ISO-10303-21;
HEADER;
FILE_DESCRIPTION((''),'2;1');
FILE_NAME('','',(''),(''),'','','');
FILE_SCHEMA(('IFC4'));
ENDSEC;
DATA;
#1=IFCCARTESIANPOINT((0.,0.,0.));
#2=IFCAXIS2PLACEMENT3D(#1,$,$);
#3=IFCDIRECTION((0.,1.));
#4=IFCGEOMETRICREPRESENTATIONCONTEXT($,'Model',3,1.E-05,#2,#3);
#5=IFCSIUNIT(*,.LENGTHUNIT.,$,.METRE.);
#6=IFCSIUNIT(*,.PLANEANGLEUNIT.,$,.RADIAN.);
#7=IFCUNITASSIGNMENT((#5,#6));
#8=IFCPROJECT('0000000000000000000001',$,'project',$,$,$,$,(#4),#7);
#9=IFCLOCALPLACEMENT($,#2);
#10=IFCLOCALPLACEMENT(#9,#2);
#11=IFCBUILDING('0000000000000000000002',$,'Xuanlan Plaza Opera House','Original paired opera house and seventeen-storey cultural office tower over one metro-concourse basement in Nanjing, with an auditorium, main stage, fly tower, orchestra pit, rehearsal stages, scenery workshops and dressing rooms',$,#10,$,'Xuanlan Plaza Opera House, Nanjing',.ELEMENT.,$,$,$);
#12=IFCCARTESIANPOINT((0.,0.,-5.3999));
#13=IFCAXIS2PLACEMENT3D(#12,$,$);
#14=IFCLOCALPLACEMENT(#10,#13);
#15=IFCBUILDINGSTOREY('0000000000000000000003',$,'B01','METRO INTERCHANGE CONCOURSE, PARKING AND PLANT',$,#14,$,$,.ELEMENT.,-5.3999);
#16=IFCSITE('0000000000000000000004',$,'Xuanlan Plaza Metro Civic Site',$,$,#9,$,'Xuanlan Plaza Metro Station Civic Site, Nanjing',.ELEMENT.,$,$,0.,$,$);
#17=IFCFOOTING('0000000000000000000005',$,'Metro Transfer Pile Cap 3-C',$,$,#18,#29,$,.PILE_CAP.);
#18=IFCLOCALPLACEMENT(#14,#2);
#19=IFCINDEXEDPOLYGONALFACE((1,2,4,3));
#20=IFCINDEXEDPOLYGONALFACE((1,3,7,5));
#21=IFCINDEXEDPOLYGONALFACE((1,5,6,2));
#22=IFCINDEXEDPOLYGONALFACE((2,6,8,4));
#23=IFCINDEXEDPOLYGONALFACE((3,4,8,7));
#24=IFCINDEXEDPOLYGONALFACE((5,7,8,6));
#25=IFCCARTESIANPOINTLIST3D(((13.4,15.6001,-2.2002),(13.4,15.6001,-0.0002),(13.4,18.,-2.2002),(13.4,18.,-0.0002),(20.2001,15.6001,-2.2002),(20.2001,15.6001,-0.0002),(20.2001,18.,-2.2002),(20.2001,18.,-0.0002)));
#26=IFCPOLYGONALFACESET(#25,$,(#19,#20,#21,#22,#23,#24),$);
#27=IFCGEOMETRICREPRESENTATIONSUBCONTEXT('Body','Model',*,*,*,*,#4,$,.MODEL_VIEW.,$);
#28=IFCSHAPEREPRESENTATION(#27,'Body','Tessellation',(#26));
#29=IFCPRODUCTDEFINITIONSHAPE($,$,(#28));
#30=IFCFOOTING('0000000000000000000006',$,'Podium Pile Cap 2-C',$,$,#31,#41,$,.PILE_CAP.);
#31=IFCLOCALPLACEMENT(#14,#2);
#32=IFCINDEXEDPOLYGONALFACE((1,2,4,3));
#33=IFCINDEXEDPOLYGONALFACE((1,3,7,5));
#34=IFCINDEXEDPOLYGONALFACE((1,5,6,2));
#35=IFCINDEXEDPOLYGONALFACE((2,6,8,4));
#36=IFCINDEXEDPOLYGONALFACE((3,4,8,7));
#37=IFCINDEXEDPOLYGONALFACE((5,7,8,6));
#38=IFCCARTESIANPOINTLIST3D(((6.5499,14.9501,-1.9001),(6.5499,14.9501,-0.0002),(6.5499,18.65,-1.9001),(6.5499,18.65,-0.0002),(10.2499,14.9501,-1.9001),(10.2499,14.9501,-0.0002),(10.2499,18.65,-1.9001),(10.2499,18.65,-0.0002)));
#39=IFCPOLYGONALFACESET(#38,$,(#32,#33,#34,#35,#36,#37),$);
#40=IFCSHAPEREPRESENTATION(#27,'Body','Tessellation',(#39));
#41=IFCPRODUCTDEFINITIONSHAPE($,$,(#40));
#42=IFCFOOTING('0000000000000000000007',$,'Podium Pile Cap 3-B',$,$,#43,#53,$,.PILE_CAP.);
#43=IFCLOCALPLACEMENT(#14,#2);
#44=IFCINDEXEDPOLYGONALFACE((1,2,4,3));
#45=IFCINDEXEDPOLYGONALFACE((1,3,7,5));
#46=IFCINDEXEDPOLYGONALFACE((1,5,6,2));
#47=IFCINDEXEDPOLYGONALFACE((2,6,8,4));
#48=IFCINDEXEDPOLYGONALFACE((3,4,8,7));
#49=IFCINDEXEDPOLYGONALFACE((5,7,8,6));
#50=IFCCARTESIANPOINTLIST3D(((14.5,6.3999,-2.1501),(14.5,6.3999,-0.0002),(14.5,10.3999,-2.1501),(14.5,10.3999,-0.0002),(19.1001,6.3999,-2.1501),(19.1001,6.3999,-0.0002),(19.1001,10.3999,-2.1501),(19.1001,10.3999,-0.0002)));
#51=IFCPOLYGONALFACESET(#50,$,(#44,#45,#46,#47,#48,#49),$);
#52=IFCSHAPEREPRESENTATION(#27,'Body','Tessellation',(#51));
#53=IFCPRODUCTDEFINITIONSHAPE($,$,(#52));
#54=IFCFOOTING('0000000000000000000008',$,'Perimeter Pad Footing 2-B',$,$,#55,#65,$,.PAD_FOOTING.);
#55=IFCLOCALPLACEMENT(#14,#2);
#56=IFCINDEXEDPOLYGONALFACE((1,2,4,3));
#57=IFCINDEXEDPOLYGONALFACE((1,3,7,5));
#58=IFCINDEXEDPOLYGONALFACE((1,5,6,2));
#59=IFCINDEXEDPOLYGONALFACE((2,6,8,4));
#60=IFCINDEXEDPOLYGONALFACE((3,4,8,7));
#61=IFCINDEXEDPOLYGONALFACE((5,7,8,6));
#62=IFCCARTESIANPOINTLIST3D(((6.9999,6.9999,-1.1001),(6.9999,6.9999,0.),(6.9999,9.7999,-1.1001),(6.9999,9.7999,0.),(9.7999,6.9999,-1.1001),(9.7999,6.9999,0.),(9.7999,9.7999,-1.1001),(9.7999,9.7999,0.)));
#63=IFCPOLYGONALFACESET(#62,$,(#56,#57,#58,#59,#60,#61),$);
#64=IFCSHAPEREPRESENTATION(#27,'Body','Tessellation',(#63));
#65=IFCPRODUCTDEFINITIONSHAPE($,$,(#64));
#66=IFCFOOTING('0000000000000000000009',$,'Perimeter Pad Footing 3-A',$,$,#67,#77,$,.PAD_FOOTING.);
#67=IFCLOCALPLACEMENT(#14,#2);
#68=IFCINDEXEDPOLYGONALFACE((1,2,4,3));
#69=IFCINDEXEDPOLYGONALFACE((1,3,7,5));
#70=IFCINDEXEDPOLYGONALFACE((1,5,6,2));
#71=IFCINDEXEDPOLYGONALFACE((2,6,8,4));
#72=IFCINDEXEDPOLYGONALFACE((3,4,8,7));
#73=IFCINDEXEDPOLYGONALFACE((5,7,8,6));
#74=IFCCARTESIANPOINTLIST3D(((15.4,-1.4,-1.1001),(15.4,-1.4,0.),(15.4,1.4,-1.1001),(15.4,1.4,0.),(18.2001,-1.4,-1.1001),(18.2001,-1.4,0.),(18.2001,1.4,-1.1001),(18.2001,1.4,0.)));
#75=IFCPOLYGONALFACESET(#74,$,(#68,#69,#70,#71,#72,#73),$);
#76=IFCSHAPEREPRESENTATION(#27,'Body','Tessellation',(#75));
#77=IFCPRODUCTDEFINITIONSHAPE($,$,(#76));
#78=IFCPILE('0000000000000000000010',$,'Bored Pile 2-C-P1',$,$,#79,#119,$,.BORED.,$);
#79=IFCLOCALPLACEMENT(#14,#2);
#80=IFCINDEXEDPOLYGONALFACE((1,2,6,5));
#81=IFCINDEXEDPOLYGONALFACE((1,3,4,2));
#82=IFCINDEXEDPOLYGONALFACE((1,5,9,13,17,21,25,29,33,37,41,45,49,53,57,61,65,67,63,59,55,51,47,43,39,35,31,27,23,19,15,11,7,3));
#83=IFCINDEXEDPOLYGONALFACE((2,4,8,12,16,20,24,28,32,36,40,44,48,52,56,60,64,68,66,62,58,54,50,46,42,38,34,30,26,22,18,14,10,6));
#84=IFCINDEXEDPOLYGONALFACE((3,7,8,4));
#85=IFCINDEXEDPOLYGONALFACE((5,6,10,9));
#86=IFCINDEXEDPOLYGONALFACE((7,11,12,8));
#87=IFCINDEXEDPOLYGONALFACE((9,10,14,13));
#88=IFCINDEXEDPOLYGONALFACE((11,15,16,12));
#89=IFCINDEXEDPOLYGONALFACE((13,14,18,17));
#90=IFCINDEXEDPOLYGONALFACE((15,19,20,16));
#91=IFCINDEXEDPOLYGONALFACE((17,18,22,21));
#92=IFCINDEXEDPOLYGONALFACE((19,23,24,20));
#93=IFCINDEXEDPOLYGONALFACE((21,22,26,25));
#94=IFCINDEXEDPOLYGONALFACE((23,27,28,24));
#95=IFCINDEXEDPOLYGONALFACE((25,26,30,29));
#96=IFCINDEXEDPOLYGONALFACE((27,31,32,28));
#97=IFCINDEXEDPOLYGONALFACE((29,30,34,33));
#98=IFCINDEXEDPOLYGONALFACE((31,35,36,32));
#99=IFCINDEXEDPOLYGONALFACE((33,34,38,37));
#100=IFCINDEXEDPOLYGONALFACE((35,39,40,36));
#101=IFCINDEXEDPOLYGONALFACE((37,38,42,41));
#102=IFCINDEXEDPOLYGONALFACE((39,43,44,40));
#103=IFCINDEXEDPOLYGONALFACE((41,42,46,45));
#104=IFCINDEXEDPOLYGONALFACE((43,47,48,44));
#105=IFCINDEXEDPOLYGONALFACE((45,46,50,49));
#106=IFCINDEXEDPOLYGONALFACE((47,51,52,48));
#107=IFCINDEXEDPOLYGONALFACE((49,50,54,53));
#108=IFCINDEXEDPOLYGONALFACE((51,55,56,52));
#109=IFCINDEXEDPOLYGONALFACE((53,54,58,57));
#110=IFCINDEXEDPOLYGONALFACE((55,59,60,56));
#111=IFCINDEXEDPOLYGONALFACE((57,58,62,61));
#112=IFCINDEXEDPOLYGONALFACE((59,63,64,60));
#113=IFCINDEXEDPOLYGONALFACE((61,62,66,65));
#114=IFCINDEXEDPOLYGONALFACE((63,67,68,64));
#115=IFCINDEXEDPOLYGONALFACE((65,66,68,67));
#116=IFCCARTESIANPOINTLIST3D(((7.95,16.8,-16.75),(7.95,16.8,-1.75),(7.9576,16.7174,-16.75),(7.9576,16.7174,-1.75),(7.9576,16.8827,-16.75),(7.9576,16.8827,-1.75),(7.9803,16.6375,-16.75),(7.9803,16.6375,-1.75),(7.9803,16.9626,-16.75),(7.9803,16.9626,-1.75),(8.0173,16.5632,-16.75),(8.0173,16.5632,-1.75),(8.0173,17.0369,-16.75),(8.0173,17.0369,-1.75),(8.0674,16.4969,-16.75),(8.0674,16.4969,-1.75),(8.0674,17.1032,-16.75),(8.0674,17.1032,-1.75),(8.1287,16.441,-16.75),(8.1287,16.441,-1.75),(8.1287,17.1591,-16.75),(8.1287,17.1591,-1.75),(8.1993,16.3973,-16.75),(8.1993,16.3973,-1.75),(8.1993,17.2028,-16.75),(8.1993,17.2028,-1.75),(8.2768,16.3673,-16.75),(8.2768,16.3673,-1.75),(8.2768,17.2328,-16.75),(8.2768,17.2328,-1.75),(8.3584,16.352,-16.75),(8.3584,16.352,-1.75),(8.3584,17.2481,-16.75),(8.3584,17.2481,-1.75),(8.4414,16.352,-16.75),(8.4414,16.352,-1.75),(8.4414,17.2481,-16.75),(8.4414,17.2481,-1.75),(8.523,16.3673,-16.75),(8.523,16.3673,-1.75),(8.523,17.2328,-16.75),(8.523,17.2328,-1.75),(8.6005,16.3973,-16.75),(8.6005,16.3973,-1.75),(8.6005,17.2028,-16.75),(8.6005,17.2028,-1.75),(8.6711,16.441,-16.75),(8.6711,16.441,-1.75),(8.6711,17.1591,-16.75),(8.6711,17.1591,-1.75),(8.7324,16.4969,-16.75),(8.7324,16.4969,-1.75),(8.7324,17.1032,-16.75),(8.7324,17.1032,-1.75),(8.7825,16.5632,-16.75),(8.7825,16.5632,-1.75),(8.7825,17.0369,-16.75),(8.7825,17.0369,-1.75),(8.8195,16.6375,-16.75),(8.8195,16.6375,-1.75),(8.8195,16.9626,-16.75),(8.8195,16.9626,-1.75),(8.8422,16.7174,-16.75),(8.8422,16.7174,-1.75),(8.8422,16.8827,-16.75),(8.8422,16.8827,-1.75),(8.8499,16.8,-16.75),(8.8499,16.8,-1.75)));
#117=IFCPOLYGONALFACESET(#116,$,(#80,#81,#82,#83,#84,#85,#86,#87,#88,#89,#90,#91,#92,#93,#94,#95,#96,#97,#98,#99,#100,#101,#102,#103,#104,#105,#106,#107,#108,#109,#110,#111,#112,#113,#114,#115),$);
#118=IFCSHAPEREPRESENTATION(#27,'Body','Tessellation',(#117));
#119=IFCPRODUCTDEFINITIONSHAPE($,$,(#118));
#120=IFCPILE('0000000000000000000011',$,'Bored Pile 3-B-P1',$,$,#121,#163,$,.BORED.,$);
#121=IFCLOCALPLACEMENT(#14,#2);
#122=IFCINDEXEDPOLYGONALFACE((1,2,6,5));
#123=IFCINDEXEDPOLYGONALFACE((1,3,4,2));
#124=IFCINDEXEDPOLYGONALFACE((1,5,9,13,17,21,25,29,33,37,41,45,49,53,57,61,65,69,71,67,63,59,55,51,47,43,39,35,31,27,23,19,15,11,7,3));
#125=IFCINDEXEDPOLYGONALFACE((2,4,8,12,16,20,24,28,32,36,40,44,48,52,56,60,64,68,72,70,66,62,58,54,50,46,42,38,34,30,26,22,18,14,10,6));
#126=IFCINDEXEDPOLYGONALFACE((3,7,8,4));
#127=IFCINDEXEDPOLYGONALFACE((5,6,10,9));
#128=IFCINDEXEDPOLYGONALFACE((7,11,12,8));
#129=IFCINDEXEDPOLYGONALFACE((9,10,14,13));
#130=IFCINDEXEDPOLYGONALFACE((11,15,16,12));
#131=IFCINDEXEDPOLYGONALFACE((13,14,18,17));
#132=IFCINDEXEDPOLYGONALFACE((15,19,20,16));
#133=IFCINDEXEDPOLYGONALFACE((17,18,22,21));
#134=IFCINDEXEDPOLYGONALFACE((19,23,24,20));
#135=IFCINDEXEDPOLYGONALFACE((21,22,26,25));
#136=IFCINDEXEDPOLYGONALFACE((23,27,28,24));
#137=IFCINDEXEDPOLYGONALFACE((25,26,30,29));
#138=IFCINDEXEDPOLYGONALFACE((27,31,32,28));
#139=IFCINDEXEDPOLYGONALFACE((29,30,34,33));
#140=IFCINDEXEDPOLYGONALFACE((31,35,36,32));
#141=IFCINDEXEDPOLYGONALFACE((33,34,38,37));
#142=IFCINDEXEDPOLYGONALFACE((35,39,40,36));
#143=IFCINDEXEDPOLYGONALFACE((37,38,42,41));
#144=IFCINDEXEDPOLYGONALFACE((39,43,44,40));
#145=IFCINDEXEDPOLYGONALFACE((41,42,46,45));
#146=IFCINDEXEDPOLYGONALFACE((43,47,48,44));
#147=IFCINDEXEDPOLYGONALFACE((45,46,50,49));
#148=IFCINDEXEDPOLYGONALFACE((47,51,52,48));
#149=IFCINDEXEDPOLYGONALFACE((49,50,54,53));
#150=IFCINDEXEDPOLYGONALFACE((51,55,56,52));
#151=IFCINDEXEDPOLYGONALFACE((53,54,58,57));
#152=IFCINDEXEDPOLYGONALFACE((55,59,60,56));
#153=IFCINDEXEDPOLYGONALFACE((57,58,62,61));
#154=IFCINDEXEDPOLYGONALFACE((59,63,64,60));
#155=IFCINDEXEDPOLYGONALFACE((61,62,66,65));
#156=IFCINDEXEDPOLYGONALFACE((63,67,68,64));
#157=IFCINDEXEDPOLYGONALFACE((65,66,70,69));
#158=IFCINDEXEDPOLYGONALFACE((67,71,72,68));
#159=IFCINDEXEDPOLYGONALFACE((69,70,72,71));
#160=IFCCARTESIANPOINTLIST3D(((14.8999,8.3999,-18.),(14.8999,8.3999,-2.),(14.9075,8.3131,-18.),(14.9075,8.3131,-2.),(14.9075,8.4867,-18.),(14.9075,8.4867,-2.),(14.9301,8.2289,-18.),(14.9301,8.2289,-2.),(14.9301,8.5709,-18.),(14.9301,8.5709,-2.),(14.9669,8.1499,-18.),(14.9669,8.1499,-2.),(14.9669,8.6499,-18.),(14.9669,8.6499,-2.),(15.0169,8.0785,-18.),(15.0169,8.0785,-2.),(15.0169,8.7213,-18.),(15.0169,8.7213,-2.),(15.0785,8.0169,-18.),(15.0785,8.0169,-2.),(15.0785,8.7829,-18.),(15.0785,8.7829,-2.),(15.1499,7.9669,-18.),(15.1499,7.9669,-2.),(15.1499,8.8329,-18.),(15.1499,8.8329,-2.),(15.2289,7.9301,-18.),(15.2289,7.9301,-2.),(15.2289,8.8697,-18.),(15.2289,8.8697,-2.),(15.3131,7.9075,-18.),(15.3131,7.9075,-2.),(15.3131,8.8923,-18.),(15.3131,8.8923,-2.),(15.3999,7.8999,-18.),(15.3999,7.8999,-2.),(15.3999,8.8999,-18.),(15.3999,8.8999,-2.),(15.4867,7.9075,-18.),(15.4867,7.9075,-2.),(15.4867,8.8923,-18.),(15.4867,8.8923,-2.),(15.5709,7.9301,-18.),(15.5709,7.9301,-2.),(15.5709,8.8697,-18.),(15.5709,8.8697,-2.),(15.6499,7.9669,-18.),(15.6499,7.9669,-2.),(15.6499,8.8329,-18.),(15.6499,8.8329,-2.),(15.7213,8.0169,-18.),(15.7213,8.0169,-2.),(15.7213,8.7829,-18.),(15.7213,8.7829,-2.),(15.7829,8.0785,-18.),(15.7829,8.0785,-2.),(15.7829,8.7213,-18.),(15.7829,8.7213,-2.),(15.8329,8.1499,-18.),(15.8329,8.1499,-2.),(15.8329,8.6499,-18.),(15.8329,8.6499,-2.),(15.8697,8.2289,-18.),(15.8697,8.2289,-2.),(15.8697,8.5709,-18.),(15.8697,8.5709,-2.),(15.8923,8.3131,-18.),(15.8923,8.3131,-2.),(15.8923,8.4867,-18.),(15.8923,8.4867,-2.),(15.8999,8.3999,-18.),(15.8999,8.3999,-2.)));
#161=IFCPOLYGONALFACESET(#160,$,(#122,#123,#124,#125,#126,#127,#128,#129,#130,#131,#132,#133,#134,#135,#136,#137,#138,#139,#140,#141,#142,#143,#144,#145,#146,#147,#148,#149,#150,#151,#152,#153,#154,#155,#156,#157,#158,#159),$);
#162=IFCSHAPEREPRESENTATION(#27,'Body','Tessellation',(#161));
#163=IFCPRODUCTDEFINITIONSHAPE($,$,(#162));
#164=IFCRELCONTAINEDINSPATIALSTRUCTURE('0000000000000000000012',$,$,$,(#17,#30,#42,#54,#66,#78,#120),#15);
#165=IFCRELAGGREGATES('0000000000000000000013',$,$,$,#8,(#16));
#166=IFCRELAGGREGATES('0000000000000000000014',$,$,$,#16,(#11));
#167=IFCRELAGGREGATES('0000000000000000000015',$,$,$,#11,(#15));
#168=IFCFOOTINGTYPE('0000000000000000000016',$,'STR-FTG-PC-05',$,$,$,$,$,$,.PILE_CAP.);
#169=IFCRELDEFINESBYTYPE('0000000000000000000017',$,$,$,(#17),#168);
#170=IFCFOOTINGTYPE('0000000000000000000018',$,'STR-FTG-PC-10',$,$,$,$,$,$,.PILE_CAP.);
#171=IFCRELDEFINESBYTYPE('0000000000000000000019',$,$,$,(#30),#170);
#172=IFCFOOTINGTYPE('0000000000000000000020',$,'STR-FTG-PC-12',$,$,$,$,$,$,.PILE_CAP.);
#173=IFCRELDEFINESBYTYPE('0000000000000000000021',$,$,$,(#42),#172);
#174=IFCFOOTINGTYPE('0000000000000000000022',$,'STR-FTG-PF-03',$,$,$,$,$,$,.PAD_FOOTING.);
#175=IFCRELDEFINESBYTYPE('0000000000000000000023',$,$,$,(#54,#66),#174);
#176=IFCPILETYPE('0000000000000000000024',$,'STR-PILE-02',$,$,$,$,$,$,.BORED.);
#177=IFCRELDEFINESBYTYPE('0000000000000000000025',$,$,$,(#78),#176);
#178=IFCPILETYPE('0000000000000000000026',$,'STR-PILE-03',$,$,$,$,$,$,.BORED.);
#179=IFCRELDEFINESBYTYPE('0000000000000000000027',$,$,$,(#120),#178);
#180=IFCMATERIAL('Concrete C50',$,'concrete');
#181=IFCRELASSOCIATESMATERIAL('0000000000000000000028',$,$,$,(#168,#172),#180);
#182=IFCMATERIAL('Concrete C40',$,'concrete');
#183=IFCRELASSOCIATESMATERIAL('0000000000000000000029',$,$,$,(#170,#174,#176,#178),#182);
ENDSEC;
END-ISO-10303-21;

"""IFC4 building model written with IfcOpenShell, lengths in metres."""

from ifc_helpers import new_model, si_unit, direction, frame, origin, origin_2d, place, context, subcontext, project, spatial, rectangle, circle, extrude, material, material_profile, profile_set, type_object, element, save


model = new_model("IFC4")

# Units and contexts
model_context = context("Model", 3, precision=1e-05, world=origin(), true_north=direction((0.0, 1.0)))
body_context = subcontext(model_context, "Body", "Model", "MODEL_VIEW")
ifc_project = project(units=[si_unit("LENGTHUNIT", "METRE"), si_unit("PLANEANGLEUNIT", "RADIAN")], contexts=[model_context])

# Site, building, storey
site_placement = place(None, origin())
site = spatial("IfcSite", under=ifc_project, at=site_placement, Name="Xuanlan Plaza Metro Civic Site", LongName="Xuanlan Plaza Metro Station Civic Site, Nanjing", CompositionType="ELEMENT", RefElevation=0.0)
building_placement = place(site_placement, origin())
building = spatial("IfcBuilding", under=site, at=building_placement, Name="Xuanlan Plaza Opera House", Description="Original paired opera house and seventeen-storey cultural office tower over one metro-concourse basement in Nanjing, with an auditorium, main stage, fly tower, orchestra pit, rehearsal stages, scenery workshops and dressing rooms", LongName="Xuanlan Plaza Opera House, Nanjing", CompositionType="ELEMENT")
storey_placement = place(building_placement, frame((0.0, 0.0, -5.3999)))
storey = spatial("IfcBuildingStorey", under=building, at=storey_placement, Name="B01", Description="METRO INTERCHANGE CONCOURSE, PARKING AND PLANT", CompositionType="ELEMENT", Elevation=-5.3999)

# Footings
ifc_material_1 = material(Name="Concrete C50", Category="concrete")
footing_type_1 = type_object("IfcFootingType", Name="STR-FTG-PC-05", PredefinedType="PILE_CAP", material=ifc_material_1)
footing_1_placement = place(storey_placement, frame((16.8, 16.8, -2.2002), z_axis=(0.0, 0.0, 1.0), x_axis=(1.0, 0.0, 0.0)))
element("IfcFooting", 1, at=footing_1_placement, inside=storey, type_object=footing_type_1, Name="Metro Transfer Pile Cap 3-C", PredefinedType="PILE_CAP", context=body_context, shape_type="SweptSolid", body=[
    extrude(rectangle(XDim=6.8, YDim=2.3999, at=origin_2d()), origin(), (0.0, 0.0, 1.0), 2.2),
])
ifc_material_2 = material(Name="Concrete C40", Category="concrete")
footing_type_2 = type_object("IfcFootingType", Name="STR-FTG-PC-10", PredefinedType="PILE_CAP", material=ifc_material_2)
footing_2_placement = place(storey_placement, frame((8.3999, 16.8, -1.9001), z_axis=(0.0, 0.0, 1.0), x_axis=(1.0, 0.0, 0.0)))
element("IfcFooting", 2, at=footing_2_placement, inside=storey, type_object=footing_type_2, Name="Podium Pile Cap 2-C", PredefinedType="PILE_CAP", context=body_context, shape_type="SweptSolid", body=[
    extrude(rectangle(XDim=3.7, YDim=3.7, at=origin_2d()), origin(), (0.0, 0.0, 1.0), 1.8999),
])
footing_type_3 = type_object("IfcFootingType", Name="STR-FTG-PC-12", PredefinedType="PILE_CAP", material=ifc_material_1)
footing_3_placement = place(storey_placement, frame((16.8, 8.3999, -2.1501), z_axis=(0.0, 0.0, 1.0), x_axis=(1.0, 0.0, 0.0)))
element("IfcFooting", 3, at=footing_3_placement, inside=storey, type_object=footing_type_3, Name="Podium Pile Cap 3-B", PredefinedType="PILE_CAP", context=body_context, shape_type="SweptSolid", body=[
    extrude(rectangle(XDim=4.6001, YDim=4.0, at=origin_2d()), origin(), (0.0, 0.0, 1.0), 2.1499),
])
footing_type_4 = type_object("IfcFootingType", Name="STR-FTG-PF-03", PredefinedType="PAD_FOOTING", material=ifc_material_2)
for number, where, z_axis, x_axis, name in (
    (4, (8.3999, 8.3999, -1.1001), (0.0, 0.0, 1.0), (1.0, 0.0, 0.0), "Perimeter Pad Footing 2-B"),
    (5, (16.8, 0.0, -1.1001), (0.0, 0.0, 1.0), (1.0, 0.0, 0.0), "Perimeter Pad Footing 3-A"),
):
    element("IfcFooting", number, at=place(storey_placement, frame(where, z_axis=z_axis, x_axis=x_axis)), inside=storey, type_object=footing_type_4, Name=name, PredefinedType="PAD_FOOTING", context=body_context, shape_type="SweptSolid", body=[
        extrude(rectangle(XDim=2.8, YDim=2.8, at=origin_2d()), origin(), (0.0, 0.0, 1.0), 1.1001),
    ])

# Piles
ifc_material_profile_1 = material_profile(ifc_material_2, circle(Radius=0.45, at=origin_2d()), Name="PILE D900")
ifc_profile_set_1 = profile_set([ifc_material_profile_1], Name="Concrete C40")
pile_type_1 = type_object("IfcPileType", Name="STR-PILE-02", PredefinedType="BORED", material=ifc_profile_set_1)
pile_1_placement = place(storey_placement, frame((8.3999, 16.8, -1.75), z_axis=(0.0, 0.0, -1.0), x_axis=(1.0, 0.0, 0.0)))
element("IfcPile", 6, at=pile_1_placement, inside=storey, type_object=pile_type_1, Name="Bored Pile 2-C-P1", PredefinedType="BORED", context=body_context, shape_type="SweptSolid", body=[
    extrude(circle(Radius=0.45, at=origin_2d()), origin(), (0.0, 0.0, 1.0), 15.0),
])
ifc_material_profile_2 = material_profile(ifc_material_2, circle(Radius=0.5, at=origin_2d()), Name="PILE D1000")
ifc_profile_set_2 = profile_set([ifc_material_profile_2], Name="Concrete C40")
pile_type_2 = type_object("IfcPileType", Name="STR-PILE-03", PredefinedType="BORED", material=ifc_profile_set_2)
pile_2_placement = place(storey_placement, frame((15.3999, 8.3999, -2.0), z_axis=(0.0, 0.0, -1.0), x_axis=(1.0, 0.0, 0.0)))
element("IfcPile", 7, at=pile_2_placement, inside=storey, type_object=pile_type_2, Name="Bored Pile 3-B-P1", PredefinedType="BORED", context=body_context, shape_type="SweptSolid", body=[
    extrude(circle(Radius=0.5, at=origin_2d()), origin(), (0.0, 0.0, 1.0), 16.0),
])

save(model, "model.ifc")
